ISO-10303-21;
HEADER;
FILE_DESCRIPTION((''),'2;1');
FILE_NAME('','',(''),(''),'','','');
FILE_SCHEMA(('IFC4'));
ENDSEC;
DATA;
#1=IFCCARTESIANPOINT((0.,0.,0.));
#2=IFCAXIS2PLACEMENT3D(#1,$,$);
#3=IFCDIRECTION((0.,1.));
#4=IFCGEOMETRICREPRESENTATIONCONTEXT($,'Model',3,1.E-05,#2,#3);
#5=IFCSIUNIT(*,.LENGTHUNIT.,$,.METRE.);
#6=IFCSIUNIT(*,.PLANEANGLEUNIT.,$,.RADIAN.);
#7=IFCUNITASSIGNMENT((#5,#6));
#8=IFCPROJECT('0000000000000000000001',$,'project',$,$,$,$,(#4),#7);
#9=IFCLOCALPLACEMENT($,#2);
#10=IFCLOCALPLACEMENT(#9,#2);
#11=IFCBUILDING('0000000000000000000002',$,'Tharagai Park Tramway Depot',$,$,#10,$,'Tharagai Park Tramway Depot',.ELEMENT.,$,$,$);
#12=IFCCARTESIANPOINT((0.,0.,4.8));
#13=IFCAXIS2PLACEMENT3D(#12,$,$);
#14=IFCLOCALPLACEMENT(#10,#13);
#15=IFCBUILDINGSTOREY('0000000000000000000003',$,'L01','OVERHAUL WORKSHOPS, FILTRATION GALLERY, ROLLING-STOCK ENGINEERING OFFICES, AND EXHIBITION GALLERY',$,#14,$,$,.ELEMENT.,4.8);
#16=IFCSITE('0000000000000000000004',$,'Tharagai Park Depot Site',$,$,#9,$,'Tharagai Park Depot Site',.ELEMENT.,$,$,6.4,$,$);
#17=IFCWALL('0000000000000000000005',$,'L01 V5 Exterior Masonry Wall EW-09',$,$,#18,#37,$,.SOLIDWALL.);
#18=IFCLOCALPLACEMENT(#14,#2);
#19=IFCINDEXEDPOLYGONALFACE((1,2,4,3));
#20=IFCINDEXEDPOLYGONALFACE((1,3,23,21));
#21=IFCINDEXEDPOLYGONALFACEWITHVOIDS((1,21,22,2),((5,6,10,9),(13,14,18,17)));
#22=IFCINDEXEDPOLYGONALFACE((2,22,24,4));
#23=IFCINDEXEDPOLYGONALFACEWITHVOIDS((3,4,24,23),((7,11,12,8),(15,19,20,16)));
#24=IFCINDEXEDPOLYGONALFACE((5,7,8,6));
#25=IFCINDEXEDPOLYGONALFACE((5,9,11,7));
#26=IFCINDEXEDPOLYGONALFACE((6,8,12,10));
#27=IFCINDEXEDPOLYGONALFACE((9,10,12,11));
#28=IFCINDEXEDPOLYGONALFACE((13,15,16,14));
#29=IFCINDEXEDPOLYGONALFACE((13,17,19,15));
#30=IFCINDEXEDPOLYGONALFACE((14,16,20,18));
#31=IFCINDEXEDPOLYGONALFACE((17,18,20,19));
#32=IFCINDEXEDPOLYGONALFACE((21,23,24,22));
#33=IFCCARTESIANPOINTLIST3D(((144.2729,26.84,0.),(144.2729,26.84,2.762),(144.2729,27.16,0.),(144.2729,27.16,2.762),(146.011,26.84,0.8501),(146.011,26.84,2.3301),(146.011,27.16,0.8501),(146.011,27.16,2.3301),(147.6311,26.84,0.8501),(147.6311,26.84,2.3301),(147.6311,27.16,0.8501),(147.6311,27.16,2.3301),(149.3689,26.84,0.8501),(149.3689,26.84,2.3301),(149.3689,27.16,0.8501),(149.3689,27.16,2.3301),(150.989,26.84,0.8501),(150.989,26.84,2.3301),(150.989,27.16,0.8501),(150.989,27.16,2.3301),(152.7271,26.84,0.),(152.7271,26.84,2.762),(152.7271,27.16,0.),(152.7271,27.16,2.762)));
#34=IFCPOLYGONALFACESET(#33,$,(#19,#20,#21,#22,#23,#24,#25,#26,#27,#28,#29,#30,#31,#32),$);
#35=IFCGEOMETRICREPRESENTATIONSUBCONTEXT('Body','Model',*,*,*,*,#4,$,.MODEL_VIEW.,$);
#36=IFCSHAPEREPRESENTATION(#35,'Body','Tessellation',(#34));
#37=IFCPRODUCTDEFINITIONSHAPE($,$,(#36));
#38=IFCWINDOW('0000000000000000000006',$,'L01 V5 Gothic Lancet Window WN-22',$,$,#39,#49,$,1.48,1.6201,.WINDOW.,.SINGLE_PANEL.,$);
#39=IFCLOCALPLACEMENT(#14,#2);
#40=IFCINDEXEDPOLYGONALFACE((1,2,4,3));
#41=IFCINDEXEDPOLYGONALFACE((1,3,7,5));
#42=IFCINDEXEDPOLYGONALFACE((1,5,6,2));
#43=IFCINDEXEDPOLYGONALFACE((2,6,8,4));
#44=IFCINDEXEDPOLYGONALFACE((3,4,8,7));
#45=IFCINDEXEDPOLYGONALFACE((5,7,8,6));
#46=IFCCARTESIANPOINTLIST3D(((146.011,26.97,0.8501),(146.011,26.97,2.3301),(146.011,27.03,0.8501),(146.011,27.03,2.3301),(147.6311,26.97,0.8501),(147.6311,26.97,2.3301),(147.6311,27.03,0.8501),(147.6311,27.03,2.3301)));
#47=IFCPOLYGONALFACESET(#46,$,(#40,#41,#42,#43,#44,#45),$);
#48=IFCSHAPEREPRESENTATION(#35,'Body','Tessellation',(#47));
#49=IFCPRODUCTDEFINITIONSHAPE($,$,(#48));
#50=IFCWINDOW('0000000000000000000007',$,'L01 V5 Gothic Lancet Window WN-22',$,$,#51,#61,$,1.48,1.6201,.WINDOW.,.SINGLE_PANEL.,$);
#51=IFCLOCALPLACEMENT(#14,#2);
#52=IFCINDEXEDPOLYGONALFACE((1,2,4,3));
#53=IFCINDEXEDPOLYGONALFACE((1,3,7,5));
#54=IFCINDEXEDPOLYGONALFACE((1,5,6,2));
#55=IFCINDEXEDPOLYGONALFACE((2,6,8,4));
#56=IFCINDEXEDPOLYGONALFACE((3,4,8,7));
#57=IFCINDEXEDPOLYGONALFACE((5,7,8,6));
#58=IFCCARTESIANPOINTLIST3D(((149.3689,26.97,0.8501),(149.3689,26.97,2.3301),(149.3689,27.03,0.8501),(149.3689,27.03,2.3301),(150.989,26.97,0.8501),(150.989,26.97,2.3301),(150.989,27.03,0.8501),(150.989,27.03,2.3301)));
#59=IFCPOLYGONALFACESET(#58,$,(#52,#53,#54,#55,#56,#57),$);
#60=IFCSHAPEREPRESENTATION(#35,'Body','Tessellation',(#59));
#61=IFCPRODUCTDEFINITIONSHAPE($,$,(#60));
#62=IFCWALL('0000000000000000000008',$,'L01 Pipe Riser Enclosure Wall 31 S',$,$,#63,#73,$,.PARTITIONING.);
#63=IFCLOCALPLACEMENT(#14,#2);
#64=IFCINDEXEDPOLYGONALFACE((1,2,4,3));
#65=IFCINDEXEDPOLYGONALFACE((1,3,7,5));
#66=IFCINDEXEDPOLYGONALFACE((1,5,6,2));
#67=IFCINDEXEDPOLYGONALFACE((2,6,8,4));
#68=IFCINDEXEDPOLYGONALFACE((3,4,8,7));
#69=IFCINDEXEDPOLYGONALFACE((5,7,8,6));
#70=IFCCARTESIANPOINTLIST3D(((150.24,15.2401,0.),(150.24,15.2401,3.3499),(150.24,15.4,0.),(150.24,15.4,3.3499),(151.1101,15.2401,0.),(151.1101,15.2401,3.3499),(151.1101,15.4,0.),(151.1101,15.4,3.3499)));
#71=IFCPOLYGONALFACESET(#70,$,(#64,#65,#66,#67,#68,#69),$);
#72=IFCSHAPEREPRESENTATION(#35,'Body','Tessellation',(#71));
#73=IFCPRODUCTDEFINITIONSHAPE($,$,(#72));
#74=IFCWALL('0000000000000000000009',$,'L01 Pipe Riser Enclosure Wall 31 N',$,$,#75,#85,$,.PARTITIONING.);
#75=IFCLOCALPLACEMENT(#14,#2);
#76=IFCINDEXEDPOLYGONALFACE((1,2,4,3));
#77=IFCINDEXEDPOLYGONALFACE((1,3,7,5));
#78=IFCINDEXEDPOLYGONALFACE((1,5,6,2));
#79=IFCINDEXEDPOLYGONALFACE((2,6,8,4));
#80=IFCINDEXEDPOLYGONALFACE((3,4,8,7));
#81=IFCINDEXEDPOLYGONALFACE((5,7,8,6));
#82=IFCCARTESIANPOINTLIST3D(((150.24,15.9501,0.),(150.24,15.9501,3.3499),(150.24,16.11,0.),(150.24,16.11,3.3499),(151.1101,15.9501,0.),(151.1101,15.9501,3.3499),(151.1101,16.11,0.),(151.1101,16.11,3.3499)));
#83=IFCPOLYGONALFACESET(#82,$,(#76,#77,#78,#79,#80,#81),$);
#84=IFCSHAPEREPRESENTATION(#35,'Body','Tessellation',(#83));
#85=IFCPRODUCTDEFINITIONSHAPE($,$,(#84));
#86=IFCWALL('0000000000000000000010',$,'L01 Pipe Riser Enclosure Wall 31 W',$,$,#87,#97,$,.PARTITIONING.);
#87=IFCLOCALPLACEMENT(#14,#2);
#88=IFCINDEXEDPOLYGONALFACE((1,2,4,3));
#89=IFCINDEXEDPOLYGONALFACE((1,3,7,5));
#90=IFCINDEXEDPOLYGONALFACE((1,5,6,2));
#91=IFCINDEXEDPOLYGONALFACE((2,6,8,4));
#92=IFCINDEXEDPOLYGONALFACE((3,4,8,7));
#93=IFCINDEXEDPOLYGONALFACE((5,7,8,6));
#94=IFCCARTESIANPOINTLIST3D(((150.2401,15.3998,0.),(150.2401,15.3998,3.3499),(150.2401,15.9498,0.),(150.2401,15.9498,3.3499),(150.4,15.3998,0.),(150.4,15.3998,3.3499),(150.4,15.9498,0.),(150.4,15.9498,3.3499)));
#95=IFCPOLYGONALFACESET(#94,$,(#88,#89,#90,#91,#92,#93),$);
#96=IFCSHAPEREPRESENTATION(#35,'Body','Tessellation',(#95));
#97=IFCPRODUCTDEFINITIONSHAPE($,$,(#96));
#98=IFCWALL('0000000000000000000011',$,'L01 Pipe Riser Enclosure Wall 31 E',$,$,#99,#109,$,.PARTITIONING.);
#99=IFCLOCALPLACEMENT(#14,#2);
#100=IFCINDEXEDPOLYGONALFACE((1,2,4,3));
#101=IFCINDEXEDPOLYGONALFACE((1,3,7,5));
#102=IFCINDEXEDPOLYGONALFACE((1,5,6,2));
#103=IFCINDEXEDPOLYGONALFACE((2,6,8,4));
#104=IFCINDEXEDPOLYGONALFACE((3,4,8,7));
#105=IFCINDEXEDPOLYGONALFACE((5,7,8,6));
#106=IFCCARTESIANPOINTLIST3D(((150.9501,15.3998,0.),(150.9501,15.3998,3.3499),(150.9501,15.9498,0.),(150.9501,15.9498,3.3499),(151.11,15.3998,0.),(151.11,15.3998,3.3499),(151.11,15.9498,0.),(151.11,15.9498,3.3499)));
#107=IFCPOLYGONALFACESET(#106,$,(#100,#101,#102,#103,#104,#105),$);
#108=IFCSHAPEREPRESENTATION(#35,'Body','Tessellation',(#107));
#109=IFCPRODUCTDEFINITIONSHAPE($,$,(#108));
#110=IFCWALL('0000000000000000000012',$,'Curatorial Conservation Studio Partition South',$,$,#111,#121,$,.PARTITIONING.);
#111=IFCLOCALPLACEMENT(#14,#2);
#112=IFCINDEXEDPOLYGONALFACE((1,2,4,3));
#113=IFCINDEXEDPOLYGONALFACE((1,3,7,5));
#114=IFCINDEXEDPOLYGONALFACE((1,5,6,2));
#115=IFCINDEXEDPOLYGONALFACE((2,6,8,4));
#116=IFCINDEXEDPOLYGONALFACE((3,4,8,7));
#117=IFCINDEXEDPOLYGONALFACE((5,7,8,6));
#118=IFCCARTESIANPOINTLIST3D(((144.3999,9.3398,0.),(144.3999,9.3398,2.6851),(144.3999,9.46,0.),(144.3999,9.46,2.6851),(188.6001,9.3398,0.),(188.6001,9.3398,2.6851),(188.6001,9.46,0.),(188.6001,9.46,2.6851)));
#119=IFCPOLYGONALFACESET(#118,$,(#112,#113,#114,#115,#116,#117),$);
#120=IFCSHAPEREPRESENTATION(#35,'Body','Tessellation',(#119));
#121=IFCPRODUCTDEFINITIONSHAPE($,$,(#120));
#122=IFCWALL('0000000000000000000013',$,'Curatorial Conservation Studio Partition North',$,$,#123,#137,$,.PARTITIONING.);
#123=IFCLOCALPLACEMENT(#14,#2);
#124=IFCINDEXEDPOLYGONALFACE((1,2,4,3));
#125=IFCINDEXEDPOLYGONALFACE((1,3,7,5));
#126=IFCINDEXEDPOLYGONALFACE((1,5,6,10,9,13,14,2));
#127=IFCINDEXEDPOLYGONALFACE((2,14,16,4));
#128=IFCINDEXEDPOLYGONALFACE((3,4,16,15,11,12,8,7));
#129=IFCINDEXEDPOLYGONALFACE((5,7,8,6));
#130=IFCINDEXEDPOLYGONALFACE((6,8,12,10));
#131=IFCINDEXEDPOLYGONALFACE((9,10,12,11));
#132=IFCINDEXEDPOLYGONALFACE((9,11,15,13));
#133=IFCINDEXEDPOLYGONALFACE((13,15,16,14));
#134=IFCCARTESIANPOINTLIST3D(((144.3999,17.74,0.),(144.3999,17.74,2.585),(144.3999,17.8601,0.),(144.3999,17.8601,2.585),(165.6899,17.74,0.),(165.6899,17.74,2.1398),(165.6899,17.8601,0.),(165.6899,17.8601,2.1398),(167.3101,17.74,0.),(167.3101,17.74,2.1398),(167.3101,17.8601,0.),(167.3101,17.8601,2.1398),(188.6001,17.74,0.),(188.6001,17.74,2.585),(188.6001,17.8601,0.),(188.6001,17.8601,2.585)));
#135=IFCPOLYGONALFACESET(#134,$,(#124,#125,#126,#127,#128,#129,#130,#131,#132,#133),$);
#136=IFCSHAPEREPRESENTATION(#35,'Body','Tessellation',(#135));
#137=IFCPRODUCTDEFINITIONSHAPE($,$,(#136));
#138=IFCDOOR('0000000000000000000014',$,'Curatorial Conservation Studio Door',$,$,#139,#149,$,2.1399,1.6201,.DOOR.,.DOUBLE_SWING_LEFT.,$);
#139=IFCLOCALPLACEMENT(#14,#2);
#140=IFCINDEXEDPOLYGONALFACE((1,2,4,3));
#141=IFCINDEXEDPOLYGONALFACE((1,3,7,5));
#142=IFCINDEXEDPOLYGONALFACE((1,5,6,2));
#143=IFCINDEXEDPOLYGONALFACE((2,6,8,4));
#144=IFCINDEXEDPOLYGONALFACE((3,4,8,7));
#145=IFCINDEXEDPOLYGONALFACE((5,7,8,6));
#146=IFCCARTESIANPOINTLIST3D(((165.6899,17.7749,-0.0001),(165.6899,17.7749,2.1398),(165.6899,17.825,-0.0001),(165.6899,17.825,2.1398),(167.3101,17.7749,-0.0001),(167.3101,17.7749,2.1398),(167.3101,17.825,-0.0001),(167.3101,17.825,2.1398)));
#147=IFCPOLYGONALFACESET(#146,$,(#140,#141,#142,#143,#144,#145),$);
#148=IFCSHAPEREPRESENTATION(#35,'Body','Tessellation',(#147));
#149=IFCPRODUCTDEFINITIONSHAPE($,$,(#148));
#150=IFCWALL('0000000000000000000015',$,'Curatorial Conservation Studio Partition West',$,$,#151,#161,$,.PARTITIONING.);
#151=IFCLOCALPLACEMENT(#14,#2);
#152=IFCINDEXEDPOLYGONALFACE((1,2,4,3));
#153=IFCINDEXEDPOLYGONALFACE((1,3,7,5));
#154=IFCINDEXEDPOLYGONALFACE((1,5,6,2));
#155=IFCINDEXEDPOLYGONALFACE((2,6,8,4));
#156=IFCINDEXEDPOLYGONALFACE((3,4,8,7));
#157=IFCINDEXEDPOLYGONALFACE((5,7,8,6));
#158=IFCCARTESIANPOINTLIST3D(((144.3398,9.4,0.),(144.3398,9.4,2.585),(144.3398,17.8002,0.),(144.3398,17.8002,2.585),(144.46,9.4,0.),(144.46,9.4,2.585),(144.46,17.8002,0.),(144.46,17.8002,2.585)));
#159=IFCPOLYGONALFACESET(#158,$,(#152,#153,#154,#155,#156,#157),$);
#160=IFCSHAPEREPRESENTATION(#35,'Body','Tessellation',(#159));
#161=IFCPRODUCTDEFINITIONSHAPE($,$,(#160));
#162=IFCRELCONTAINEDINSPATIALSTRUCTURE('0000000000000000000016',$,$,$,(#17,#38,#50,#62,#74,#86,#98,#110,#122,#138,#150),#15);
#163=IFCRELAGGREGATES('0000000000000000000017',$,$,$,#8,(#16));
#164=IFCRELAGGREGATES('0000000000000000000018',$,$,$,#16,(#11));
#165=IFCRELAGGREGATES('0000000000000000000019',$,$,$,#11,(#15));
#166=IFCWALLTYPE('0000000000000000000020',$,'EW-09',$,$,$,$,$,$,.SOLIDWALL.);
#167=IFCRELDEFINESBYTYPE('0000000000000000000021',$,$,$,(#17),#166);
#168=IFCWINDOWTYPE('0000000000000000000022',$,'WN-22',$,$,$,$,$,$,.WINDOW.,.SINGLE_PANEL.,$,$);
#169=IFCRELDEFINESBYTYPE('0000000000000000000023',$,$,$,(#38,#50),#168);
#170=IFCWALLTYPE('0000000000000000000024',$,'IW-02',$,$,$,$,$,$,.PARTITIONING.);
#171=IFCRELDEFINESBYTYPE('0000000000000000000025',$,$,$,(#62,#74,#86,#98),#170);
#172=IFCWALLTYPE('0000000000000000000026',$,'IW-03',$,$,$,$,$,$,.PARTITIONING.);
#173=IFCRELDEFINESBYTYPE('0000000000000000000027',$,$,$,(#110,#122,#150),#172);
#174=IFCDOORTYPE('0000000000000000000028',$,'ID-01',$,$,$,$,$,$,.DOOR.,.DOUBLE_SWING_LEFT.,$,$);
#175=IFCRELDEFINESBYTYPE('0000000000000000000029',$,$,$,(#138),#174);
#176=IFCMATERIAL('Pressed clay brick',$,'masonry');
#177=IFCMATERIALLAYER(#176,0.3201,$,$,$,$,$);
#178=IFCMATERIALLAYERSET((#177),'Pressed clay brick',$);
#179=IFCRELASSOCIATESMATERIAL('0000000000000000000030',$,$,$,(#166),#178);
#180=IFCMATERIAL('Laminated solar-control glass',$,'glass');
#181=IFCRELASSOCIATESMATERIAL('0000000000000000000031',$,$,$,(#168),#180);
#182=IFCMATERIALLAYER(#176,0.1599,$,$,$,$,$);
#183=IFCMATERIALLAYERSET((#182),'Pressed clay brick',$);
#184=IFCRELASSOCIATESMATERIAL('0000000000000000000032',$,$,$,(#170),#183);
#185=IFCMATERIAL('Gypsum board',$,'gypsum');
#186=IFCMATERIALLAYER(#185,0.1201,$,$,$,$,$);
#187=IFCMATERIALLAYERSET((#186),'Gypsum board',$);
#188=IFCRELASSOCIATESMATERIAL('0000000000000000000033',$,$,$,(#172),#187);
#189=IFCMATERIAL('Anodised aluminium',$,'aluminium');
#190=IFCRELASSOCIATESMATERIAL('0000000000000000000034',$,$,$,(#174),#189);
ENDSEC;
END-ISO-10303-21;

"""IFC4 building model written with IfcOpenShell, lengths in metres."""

from ifc_helpers import new_model, si_unit, direction, frame, frame_2d, origin, place, context, subcontext, project, spatial, rectangle, extrude, material, layer, layer_set, type_object, element, fill, save


model = new_model("IFC4")

# Units and contexts
model_context = context("Model", 3, precision=1e-05, world=origin(), true_north=direction((0.0, 1.0)))
body_context = subcontext(model_context, "Body", "Model", "MODEL_VIEW")
ifc_project = project(units=[si_unit("LENGTHUNIT", "METRE"), si_unit("PLANEANGLEUNIT", "RADIAN")], contexts=[model_context])

# Site, building, storey
site_placement = place(None, origin())
site = spatial("IfcSite", under=ifc_project, at=site_placement, Name="Tharagai Park Depot Site", LongName="Tharagai Park Depot Site", CompositionType="ELEMENT", RefElevation=6.4)
building_placement = place(site_placement, origin())
building = spatial("IfcBuilding", under=site, at=building_placement, Name="Tharagai Park Tramway Depot", LongName="Tharagai Park Tramway Depot", CompositionType="ELEMENT")
storey_placement = place(building_placement, frame((0.0, 0.0, 4.8)))
storey = spatial("IfcBuildingStorey", under=building, at=storey_placement, Name="L01", Description="OVERHAUL WORKSHOPS, FILTRATION GALLERY, ROLLING-STOCK ENGINEERING OFFICES, AND EXHIBITION GALLERY", CompositionType="ELEMENT", Elevation=4.8)

# Shared definitions
ifc_material_1 = material(Name="Anodised aluminium", Category="aluminium")

# Wall, openings, windows
ifc_material_2 = material(Name="Pressed clay brick", Category="masonry")
ifc_layer_1 = layer(ifc_material_2, 0.3201)
ifc_layer_set_1 = layer_set([ifc_layer_1], Name="Pressed clay brick")
wall_type_1 = type_object("IfcWallType", Name="EW-09", PredefinedType="SOLIDWALL", material=ifc_layer_set_1)
wall_1_placement = place(storey_placement, frame((144.2729, 27.0, 0.0), z_axis=(0.0, 0.0, 1.0), x_axis=(1.0, 0.0, 0.0)))
wall_1 = element("IfcWall", 1, at=wall_1_placement, inside=storey, type_object=wall_type_1, Name="L01 V5 Exterior Masonry Wall EW-09", PredefinedType="SOLIDWALL", context=body_context, shape_type="SweptSolid", body=[
    extrude(rectangle(XDim=8.4541, YDim=0.3201, at=frame_2d((4.2271, 0.0))), origin(), (0.0, 0.0, 1.0), 2.762),
])
opening_1_placement = place(wall_1_placement, frame((1.738, 0.0, 0.8501)))
opening_1 = element("IfcOpeningElement", 2, at=opening_1_placement, cuts=wall_1, PredefinedType="OPENING", context=body_context, shape_type="SweptSolid", body=[
    extrude(rectangle(XDim=1.6201, YDim=1.48, at=frame_2d((0.8101, 0.74))), frame((0.0, 0.1699, 0.0), z_axis=(0.0, -1.0, 0.0), x_axis=(1.0, 0.0, 0.0)), (0.0, 0.0, 1.0), 0.3401),
])
opening_2_placement = place(wall_1_placement, frame((5.0959, 0.0, 0.8501)))
opening_2 = element("IfcOpeningElement", 3, at=opening_2_placement, cuts=wall_1, PredefinedType="OPENING", context=body_context, shape_type="SweptSolid", body=[
    extrude(rectangle(XDim=1.6201, YDim=1.48, at=frame_2d((0.8101, 0.74))), frame((0.0, 0.1699, 0.0), z_axis=(0.0, -1.0, 0.0), x_axis=(1.0, 0.0, 0.0)), (0.0, 0.0, 1.0), 0.3401),
])
ifc_material_3 = material(Name="Laminated solar-control glass", Category="glass")
window_type = type_object("IfcWindowType", Name="WN-22", PartitioningType="SINGLE_PANEL", PredefinedType="WINDOW", material=ifc_material_3)
window_1_placement = place(opening_1_placement, origin())
window_1 = element("IfcWindow", 4, at=window_1_placement, inside=storey, type_object=window_type, Name="L01 V5 Gothic Lancet Window WN-22", OverallHeight=1.48, OverallWidth=1.6201, PartitioningType="SINGLE_PANEL", PredefinedType="WINDOW", context=body_context, shape_type="SweptSolid", body=[
    extrude(rectangle(XDim=1.6201, YDim=1.48, at=frame_2d((0.8101, 0.74))), frame((0.0, 0.03, 0.0), z_axis=(0.0, -1.0, 0.0), x_axis=(1.0, 0.0, 0.0)), (0.0, 0.0, 1.0), 0.0601),
])
fill(opening_1, window_1)
window_2_placement = place(opening_2_placement, origin())
window_2 = element("IfcWindow", 5, at=window_2_placement, inside=storey, type_object=window_type, Name="L01 V5 Gothic Lancet Window WN-22", OverallHeight=1.48, OverallWidth=1.6201, PartitioningType="SINGLE_PANEL", PredefinedType="WINDOW", context=body_context, shape_type="SweptSolid", body=[
    extrude(rectangle(XDim=1.6201, YDim=1.48, at=frame_2d((0.8101, 0.74))), frame((0.0, 0.03, 0.0), z_axis=(0.0, -1.0, 0.0), x_axis=(1.0, 0.0, 0.0)), (0.0, 0.0, 1.0), 0.0601),
])
fill(opening_2, window_2)

# Walls
ifc_layer_2 = layer(ifc_material_2, 0.1599)
ifc_layer_set_2 = layer_set([ifc_layer_2], Name="Pressed clay brick")
wall_type_2 = type_object("IfcWallType", Name="IW-02", PredefinedType="PARTITIONING", material=ifc_layer_set_2)
for number, where, z_axis, x_axis, name in (
    (6, (150.24, 15.3201, 0.0), (0.0, 0.0, 1.0), (1.0, 0.0, 0.0), "L01 Pipe Riser Enclosure Wall 31 S"),
    (7, (150.24, 16.03, 0.0), (0.0, 0.0, 1.0), (1.0, 0.0, 0.0), "L01 Pipe Riser Enclosure Wall 31 N"),
):
    element("IfcWall", number, at=place(storey_placement, frame(where, z_axis=z_axis, x_axis=x_axis)), inside=storey, type_object=wall_type_2, Name=name, PredefinedType="PARTITIONING", context=body_context, shape_type="SweptSolid", body=[
        extrude(rectangle(XDim=0.8701, YDim=0.1599, at=frame_2d((0.4351, 0.0))), origin(), (0.0, 0.0, 1.0), 3.3499),
    ])
for number, where, z_axis, x_axis, name in (
    (8, (150.3201, 15.3999, 0.0), (0.0, 0.0, 1.0), (0.0, 1.0, 0.0), "L01 Pipe Riser Enclosure Wall 31 W"),
    (9, (151.03, 15.3999, 0.0), (0.0, 0.0, 1.0), (0.0, 1.0, 0.0), "L01 Pipe Riser Enclosure Wall 31 E"),
):
    element("IfcWall", number, at=place(storey_placement, frame(where, z_axis=z_axis, x_axis=x_axis)), inside=storey, type_object=wall_type_2, Name=name, PredefinedType="PARTITIONING", context=body_context, shape_type="SweptSolid", body=[
        extrude(rectangle(XDim=0.55, YDim=0.1599, at=frame_2d((0.2749, 0.0))), origin(), (0.0, 0.0, 1.0), 3.3499),
    ])
ifc_material_4 = material(Name="Gypsum board", Category="gypsum")
ifc_layer_3 = layer(ifc_material_4, 0.1201)
ifc_layer_set_3 = layer_set([ifc_layer_3], Name="Gypsum board")
wall_type_3 = type_object("IfcWallType", Name="IW-03", PredefinedType="PARTITIONING", material=ifc_layer_set_3)
wall_2_placement = place(storey_placement, frame((144.3999, 9.3999, 0.0), z_axis=(0.0, 0.0, 1.0), x_axis=(1.0, 0.0, 0.0)))
element("IfcWall", 10, at=wall_2_placement, inside=storey, type_object=wall_type_3, Name="Curatorial Conservation Studio Partition South", PredefinedType="PARTITIONING", context=body_context, shape_type="SweptSolid", body=[
    extrude(rectangle(XDim=44.2002, YDim=0.1201, at=frame_2d((22.1001, 0.0))), origin(), (0.0, 0.0, 1.0), 2.6851),
])

# Wall, opening, door
wall_3_placement = place(storey_placement, frame((144.3999, 17.8, 0.0), z_axis=(0.0, 0.0, 1.0), x_axis=(1.0, 0.0, 0.0)))
wall_3 = element("IfcWall", 11, at=wall_3_placement, inside=storey, type_object=wall_type_3, Name="Curatorial Conservation Studio Partition North", PredefinedType="PARTITIONING", context=body_context, shape_type="SweptSolid", body=[
    extrude(rectangle(XDim=44.2002, YDim=0.1201, at=frame_2d((22.1001, 0.0))), origin(), (0.0, 0.0, 1.0), 2.585),
])
opening_3_placement = place(wall_3_placement, frame((21.29, 0.0, 0.0)))
opening_3 = element("IfcOpeningElement", 12, at=opening_3_placement, cuts=wall_3, PredefinedType="OPENING", context=body_context, shape_type="SweptSolid", body=[
    extrude(rectangle(XDim=1.6201, YDim=2.1399, at=frame_2d((0.8101, 1.0698))), frame((0.0, 0.0701, 0.0), z_axis=(0.0, -1.0, 0.0), x_axis=(1.0, 0.0, 0.0)), (0.0, 0.0, 1.0), 0.1401),
])
door_type = type_object("IfcDoorType", Name="ID-01", OperationType="DOUBLE_SWING_LEFT", PredefinedType="DOOR", material=ifc_material_1)
door_placement = place(opening_3_placement, origin())
door = element("IfcDoor", 13, at=door_placement, inside=storey, type_object=door_type, Name="Curatorial Conservation Studio Door", OperationType="DOUBLE_SWING_LEFT", OverallHeight=2.1399, OverallWidth=1.6201, PredefinedType="DOOR", context=body_context, shape_type="SweptSolid", body=[
    extrude(rectangle(XDim=1.6201, YDim=2.1399, at=frame_2d((0.8101, 1.0698))), frame((0.0, 0.0249, 0.0), z_axis=(0.0, -1.0, 0.0), x_axis=(1.0, 0.0, 0.0)), (0.0, 0.0, 1.0), 0.05),
])
fill(opening_3, door)

# Wall
wall_4_placement = place(storey_placement, frame((144.3999, 9.3999, 0.0), z_axis=(0.0, 0.0, 1.0), x_axis=(0.0, 1.0, 0.0)))
element("IfcWall", 14, at=wall_4_placement, inside=storey, type_object=wall_type_3, Name="Curatorial Conservation Studio Partition West", PredefinedType="PARTITIONING", context=body_context, shape_type="SweptSolid", body=[
    extrude(rectangle(XDim=8.4001, YDim=0.1201, at=frame_2d((4.2002, 0.0))), origin(), (0.0, 0.0, 1.0), 2.585),
])

save(model, "model.ifc")
